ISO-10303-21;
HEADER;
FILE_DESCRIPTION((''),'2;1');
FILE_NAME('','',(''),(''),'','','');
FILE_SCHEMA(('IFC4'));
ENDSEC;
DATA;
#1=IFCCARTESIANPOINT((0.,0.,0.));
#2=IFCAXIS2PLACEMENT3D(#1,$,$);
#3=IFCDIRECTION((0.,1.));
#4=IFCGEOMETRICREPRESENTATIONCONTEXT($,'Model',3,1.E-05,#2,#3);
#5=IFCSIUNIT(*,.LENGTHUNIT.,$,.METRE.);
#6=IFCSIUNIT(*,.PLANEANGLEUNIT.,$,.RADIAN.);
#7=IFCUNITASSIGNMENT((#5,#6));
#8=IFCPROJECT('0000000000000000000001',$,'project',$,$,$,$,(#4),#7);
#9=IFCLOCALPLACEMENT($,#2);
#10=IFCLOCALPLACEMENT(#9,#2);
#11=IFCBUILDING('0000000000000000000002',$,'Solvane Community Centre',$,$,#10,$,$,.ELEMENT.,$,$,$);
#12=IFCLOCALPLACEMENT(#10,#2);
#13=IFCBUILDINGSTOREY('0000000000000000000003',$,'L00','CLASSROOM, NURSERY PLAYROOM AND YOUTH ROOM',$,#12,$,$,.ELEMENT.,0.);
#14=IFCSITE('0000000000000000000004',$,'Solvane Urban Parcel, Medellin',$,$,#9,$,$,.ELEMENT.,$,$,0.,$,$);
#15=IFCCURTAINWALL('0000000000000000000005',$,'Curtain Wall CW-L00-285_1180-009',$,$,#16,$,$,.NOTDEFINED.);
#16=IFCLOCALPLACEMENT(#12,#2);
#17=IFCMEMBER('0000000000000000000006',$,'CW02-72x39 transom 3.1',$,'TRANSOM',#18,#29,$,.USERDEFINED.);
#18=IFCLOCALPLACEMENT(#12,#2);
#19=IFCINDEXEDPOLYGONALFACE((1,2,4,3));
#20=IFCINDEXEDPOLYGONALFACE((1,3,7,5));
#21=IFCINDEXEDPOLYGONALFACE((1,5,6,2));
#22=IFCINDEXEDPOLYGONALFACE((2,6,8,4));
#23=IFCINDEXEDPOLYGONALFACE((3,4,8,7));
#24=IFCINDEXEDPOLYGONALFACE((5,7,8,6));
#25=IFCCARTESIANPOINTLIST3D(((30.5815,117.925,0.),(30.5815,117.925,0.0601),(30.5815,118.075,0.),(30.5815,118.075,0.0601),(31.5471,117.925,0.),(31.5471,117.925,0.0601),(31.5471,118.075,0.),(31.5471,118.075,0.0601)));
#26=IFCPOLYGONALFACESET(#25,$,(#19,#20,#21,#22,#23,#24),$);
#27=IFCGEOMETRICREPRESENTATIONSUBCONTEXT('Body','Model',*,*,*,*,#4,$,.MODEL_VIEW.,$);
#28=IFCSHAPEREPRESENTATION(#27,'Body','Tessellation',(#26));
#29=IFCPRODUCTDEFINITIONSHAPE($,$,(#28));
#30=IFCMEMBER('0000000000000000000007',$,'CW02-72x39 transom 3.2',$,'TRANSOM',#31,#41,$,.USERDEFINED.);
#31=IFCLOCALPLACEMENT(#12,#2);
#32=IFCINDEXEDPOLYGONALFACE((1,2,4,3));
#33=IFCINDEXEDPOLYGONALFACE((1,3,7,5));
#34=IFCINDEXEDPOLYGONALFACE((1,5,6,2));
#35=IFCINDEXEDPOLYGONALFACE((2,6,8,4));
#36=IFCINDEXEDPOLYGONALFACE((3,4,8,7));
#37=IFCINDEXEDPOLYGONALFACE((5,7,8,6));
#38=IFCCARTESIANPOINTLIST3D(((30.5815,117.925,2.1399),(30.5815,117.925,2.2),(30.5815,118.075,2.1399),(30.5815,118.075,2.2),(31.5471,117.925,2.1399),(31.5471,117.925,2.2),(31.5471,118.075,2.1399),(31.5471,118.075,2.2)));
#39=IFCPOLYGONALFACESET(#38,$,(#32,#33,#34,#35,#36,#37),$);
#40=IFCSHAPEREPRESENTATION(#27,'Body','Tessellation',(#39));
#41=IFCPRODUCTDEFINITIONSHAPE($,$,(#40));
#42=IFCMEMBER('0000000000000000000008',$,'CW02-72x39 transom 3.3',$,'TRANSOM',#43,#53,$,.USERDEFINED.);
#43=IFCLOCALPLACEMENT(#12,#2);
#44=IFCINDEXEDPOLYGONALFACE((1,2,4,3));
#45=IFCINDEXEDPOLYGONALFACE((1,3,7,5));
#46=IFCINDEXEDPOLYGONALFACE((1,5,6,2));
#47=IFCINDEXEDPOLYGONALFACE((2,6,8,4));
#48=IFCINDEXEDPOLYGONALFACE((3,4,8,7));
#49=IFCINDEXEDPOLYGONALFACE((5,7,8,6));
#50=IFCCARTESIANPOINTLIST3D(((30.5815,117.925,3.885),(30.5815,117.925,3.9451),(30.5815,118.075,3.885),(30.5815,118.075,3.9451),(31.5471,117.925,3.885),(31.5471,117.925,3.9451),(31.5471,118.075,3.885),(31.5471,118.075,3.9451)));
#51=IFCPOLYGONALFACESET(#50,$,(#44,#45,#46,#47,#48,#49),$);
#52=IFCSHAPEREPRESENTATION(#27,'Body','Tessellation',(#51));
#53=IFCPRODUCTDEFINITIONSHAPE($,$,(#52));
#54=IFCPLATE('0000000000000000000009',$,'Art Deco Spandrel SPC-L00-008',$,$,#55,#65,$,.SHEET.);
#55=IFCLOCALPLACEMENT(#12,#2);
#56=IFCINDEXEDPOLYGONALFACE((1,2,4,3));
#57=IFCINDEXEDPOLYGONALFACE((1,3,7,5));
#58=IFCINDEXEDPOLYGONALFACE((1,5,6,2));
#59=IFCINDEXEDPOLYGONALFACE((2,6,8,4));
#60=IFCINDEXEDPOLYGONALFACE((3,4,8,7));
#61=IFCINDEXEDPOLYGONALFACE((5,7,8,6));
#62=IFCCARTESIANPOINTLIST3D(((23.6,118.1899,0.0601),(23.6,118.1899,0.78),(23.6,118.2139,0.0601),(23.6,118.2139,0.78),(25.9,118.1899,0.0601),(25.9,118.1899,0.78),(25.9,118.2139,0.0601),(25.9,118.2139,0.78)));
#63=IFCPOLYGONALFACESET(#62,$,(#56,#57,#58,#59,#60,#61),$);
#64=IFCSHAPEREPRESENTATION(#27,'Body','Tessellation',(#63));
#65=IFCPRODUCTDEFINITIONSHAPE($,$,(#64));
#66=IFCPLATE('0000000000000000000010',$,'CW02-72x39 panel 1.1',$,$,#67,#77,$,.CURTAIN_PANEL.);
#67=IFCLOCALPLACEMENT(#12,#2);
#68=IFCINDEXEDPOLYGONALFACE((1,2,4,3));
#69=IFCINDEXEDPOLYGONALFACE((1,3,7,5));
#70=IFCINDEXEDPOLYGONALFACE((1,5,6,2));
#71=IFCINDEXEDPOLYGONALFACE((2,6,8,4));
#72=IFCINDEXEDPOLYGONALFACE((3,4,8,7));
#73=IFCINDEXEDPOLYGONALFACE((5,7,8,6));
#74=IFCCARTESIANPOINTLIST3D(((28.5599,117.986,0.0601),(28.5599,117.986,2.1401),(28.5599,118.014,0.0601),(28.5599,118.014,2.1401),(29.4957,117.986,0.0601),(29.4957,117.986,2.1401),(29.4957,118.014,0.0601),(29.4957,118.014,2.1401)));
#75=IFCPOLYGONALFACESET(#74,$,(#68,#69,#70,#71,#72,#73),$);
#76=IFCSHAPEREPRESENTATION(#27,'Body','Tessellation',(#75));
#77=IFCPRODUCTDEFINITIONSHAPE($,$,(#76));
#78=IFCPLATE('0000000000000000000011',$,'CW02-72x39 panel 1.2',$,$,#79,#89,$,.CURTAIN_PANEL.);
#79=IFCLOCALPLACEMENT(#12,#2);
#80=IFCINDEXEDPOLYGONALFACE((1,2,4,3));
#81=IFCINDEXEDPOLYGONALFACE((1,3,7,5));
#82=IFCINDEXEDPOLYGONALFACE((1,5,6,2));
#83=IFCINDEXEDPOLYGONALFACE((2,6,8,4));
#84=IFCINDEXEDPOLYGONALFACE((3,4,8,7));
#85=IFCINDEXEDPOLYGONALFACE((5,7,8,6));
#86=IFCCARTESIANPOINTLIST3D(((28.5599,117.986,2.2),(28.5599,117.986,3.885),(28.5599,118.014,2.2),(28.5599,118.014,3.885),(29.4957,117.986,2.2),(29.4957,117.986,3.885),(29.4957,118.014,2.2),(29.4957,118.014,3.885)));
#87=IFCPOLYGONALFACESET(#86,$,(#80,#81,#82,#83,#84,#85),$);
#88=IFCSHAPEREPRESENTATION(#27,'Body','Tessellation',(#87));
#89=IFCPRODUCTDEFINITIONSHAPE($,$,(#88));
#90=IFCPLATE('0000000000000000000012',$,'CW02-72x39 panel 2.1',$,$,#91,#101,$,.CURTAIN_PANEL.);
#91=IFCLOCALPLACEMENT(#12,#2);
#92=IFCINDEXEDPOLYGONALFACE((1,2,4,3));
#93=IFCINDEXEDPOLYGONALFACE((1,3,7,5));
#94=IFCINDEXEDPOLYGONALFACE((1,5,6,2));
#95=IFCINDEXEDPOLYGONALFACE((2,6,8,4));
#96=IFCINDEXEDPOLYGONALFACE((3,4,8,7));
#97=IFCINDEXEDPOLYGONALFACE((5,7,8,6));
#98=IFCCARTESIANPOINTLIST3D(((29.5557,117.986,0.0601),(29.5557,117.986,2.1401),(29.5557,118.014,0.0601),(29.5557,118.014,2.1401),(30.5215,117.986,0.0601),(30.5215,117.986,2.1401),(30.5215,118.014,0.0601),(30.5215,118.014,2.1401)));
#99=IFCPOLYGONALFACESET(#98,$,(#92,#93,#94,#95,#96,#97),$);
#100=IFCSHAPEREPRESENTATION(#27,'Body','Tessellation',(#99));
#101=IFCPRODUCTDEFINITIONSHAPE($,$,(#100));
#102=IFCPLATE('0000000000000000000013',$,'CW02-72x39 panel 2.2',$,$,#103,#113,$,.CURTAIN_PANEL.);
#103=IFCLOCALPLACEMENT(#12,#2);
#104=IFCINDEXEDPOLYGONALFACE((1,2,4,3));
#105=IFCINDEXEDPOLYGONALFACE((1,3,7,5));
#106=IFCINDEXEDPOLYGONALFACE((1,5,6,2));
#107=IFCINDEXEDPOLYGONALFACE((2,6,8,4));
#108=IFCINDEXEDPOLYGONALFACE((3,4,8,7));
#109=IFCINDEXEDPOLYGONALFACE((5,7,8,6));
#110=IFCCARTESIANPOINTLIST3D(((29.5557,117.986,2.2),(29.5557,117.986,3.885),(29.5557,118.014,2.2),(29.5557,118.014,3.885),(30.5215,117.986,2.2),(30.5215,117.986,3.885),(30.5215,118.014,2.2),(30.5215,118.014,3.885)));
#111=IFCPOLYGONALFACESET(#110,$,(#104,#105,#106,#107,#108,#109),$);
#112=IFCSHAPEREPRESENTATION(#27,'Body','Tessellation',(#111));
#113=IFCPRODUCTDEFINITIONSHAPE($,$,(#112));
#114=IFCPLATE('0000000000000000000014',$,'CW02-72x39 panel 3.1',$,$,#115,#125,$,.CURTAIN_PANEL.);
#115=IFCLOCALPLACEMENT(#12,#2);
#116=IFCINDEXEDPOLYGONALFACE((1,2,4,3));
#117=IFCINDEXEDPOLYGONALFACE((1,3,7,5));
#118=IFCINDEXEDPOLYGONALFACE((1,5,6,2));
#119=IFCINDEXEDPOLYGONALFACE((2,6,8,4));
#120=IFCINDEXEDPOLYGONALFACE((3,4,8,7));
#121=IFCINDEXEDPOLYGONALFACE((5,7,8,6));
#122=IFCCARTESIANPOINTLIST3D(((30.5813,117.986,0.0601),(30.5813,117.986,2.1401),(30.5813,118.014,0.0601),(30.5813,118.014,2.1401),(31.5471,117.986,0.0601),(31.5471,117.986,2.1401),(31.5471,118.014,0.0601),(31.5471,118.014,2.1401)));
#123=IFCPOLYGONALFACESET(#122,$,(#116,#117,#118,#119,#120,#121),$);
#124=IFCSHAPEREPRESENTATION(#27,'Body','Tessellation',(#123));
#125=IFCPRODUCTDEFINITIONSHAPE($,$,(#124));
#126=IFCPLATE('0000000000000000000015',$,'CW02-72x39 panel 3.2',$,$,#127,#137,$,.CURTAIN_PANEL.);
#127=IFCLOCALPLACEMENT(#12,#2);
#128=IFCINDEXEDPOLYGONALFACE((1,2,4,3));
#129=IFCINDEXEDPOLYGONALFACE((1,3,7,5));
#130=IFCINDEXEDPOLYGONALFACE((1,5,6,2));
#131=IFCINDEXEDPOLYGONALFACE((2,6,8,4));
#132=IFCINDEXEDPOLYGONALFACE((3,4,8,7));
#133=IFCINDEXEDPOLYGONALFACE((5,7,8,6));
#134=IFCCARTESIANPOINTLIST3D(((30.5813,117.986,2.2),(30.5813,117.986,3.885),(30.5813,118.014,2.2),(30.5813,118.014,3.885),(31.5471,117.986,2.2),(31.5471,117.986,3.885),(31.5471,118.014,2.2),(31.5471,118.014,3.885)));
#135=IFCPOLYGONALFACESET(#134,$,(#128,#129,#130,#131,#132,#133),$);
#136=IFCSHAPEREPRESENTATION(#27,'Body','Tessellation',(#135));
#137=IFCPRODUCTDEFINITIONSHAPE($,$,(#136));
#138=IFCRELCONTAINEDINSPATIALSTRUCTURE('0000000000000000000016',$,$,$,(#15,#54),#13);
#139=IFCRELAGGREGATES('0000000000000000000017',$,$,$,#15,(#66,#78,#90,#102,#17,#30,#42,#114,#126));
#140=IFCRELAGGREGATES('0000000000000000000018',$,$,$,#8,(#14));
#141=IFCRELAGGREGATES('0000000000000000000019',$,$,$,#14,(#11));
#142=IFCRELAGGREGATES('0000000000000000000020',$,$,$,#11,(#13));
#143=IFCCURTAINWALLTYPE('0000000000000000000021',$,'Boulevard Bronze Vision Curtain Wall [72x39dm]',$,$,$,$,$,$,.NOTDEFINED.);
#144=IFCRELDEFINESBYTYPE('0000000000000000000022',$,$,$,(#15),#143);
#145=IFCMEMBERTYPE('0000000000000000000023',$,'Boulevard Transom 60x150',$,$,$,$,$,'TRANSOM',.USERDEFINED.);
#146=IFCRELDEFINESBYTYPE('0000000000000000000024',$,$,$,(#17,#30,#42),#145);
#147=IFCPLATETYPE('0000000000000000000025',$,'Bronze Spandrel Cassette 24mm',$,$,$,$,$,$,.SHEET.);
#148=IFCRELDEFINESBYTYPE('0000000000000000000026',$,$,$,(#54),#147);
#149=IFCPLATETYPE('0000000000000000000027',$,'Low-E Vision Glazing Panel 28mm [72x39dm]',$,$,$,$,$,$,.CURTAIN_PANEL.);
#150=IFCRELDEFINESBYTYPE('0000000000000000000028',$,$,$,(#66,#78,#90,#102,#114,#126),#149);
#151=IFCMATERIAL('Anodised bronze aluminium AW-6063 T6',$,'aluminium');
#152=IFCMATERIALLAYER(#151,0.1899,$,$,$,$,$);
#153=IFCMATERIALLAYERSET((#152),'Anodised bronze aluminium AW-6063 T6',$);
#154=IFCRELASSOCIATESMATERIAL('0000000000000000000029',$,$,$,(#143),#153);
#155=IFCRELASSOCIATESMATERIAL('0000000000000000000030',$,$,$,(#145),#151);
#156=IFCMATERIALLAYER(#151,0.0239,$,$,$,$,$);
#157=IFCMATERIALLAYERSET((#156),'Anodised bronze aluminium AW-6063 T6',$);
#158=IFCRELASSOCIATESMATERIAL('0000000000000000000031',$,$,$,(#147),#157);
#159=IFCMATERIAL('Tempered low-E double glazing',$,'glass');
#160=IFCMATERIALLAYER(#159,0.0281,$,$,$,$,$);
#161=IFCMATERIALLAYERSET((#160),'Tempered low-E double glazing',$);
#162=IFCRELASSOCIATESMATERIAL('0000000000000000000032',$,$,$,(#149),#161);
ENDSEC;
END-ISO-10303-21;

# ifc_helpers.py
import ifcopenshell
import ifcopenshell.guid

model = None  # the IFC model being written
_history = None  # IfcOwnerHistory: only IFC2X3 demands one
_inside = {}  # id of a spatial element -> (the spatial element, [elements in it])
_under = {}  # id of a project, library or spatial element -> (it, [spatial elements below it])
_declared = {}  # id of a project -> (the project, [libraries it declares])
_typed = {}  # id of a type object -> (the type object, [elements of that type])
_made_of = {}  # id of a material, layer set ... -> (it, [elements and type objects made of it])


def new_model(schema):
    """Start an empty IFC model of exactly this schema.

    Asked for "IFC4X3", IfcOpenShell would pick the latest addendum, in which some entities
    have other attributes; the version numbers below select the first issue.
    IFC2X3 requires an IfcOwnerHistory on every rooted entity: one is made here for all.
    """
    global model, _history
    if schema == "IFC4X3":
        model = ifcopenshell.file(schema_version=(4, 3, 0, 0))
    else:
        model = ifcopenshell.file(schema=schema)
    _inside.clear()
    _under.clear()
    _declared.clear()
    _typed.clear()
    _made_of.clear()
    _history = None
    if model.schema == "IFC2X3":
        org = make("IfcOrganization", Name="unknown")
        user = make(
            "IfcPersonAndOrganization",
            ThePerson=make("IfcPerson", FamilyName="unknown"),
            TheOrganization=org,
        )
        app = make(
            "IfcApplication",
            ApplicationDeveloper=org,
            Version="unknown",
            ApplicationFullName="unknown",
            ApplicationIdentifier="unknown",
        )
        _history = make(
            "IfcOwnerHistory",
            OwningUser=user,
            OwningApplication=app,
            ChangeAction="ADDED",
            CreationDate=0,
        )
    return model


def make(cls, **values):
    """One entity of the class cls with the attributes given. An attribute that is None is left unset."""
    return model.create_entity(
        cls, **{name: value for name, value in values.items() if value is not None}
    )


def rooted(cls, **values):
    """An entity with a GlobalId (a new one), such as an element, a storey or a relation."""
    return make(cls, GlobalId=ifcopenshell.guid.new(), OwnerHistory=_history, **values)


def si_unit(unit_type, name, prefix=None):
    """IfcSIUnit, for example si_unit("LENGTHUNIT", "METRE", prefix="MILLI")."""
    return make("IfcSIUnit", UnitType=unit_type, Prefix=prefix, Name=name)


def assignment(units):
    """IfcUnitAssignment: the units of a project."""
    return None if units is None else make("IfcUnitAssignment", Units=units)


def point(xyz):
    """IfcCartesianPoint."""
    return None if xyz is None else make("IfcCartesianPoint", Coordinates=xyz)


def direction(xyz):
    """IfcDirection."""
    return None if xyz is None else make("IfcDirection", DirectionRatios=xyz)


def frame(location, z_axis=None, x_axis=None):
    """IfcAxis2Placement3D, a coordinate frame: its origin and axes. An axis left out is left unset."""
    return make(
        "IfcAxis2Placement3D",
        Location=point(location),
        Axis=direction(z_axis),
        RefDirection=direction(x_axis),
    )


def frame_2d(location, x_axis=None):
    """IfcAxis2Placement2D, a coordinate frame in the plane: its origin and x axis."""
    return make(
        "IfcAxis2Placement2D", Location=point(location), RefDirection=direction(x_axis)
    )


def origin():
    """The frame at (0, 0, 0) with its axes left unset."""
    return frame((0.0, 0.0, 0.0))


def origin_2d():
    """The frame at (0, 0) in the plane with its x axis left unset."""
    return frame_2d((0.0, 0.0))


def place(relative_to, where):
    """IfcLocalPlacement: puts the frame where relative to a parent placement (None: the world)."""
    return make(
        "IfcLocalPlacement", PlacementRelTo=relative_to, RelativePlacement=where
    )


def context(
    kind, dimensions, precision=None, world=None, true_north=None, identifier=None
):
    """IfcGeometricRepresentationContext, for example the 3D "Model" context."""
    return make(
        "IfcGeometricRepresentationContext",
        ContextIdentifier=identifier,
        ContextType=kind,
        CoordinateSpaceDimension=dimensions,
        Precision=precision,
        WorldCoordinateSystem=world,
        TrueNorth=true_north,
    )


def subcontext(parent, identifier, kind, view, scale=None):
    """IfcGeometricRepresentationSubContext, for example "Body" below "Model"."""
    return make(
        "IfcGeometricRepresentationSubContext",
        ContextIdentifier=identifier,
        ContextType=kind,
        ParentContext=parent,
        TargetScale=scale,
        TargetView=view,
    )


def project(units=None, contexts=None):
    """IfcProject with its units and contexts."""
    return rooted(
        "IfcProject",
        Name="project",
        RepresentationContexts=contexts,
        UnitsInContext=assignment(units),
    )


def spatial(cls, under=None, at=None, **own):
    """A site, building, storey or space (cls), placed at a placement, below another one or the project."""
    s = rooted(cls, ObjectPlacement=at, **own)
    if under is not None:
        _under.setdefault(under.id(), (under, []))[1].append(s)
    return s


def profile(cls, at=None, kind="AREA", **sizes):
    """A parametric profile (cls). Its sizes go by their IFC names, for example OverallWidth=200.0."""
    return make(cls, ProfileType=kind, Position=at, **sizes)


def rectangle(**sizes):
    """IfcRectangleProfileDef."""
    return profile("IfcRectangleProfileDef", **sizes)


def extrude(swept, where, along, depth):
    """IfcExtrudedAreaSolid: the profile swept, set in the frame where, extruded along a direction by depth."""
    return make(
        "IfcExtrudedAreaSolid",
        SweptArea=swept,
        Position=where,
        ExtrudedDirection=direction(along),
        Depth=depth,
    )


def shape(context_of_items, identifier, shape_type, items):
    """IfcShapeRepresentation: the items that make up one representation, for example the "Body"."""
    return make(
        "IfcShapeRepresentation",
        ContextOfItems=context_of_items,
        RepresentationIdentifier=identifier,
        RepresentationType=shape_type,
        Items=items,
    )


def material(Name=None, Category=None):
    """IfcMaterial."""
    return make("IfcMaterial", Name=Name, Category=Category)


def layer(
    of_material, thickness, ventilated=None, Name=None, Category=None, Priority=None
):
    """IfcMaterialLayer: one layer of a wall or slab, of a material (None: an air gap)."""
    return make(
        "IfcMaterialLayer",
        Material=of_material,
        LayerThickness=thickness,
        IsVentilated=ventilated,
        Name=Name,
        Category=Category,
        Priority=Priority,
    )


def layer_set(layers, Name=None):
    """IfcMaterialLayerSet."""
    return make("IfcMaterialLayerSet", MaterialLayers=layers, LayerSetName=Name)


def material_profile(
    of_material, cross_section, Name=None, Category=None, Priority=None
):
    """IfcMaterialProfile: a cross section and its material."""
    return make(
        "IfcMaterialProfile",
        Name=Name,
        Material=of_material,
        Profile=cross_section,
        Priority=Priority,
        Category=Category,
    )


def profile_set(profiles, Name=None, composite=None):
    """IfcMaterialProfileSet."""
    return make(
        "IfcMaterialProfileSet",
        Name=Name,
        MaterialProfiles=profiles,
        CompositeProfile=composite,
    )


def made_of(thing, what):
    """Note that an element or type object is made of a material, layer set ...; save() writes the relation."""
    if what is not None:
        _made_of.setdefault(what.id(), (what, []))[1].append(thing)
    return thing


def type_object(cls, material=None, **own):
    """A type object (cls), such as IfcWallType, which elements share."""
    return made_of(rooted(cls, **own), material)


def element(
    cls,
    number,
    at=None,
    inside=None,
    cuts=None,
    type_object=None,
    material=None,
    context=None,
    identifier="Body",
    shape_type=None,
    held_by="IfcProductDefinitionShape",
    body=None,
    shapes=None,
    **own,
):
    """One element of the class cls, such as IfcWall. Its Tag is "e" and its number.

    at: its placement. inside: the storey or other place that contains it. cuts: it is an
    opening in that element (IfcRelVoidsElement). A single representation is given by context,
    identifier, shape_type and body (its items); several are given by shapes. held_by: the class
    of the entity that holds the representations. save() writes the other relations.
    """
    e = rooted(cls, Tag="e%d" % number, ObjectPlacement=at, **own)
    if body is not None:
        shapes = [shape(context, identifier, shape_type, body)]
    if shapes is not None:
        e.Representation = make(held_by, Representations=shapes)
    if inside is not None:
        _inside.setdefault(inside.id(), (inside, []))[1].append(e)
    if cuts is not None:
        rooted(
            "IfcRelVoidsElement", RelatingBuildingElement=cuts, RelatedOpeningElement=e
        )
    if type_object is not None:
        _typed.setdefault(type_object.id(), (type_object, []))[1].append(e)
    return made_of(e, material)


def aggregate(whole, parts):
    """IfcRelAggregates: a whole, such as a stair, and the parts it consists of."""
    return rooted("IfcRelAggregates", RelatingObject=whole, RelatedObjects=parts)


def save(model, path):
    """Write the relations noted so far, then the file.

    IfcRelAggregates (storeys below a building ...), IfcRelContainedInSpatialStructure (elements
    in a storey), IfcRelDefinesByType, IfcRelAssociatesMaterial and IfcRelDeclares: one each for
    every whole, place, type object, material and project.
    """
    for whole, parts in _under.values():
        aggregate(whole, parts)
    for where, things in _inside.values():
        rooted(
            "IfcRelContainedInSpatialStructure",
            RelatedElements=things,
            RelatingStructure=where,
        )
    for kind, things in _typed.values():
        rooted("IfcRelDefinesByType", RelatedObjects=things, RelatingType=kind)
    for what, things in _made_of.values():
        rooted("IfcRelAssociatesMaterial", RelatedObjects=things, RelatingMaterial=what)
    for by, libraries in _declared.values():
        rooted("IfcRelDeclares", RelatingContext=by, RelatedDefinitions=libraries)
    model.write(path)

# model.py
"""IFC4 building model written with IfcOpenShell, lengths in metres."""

from ifc_helpers import new_model, si_unit, direction, frame, origin, origin_2d, place, context, subcontext, project, spatial, rectangle, extrude, material, layer, layer_set, material_profile, profile_set, type_object, element, aggregate, save


model = new_model("IFC4")

# Units and contexts
model_context = context("Model", 3, precision=1e-05, world=origin(), true_north=direction((0.0, 1.0)))
body_context = subcontext(model_context, "Body", "Model", "MODEL_VIEW")
ifc_project = project(units=[si_unit("LENGTHUNIT", "METRE"), si_unit("PLANEANGLEUNIT", "RADIAN")], contexts=[model_context])

# Site, building, storey
site_placement = place(None, origin())
site = spatial("IfcSite", under=ifc_project, at=site_placement, Name="Solvane Urban Parcel, Medellin", CompositionType="ELEMENT", RefElevation=0.0)
building_placement = place(site_placement, origin())
building = spatial("IfcBuilding", under=site, at=building_placement, Name="Solvane Community Centre", CompositionType="ELEMENT")
storey_placement = place(building_placement, origin())
storey = spatial("IfcBuildingStorey", under=building, at=storey_placement, Name="L00", Description="CLASSROOM, NURSERY PLAYROOM AND YOUTH ROOM", CompositionType="ELEMENT", Elevation=0.0)

# Curtain wall, members
ifc_material_1 = material(Name="Anodised bronze aluminium AW-6063 T6", Category="aluminium")
ifc_layer_1 = layer(ifc_material_1, 0.1899)
ifc_layer_set_1 = layer_set([ifc_layer_1], Name="Anodised bronze aluminium AW-6063 T6")
curtain_wall_type = type_object("IfcCurtainWallType", Name="Boulevard Bronze Vision Curtain Wall [72x39dm]", PredefinedType="NOTDEFINED", material=ifc_layer_set_1)
curtain_wall_placement = place(storey_placement, origin())
curtain_wall = element("IfcCurtainWall", 1, at=curtain_wall_placement, inside=storey, type_object=curtain_wall_type, Name="Curtain Wall CW-L00-285_1180-009", PredefinedType="NOTDEFINED")
ifc_material_profile_1 = material_profile(ifc_material_1, rectangle(XDim=0.1499, YDim=0.0601, at=origin_2d()), Name="CW-T 60x150")
ifc_profile_set_1 = profile_set([ifc_material_profile_1], Name="Anodised bronze aluminium AW-6063 T6")
member_type_1 = type_object("IfcMemberType", Name="Boulevard Transom 60x150", ElementType="TRANSOM", PredefinedType="USERDEFINED", material=ifc_profile_set_1)
member_1_placement = place(storey_placement, frame((30.5815, 118.0, 0.03), z_axis=(1.0, 0.0, 0.0), x_axis=(0.0, 1.0, 0.0)))
member_1 = element("IfcMember", 2, at=member_1_placement, type_object=member_type_1, Name="CW02-72x39 transom 3.1", ObjectType="TRANSOM", PredefinedType="USERDEFINED", context=body_context, shape_type="SweptSolid", body=[
    extrude(rectangle(XDim=0.1499, YDim=0.0601, at=origin_2d()), origin(), (0.0, 0.0, 1.0), 0.9656),
])
member_2_placement = place(storey_placement, frame((30.5815, 118.0, 2.1699), z_axis=(1.0, 0.0, 0.0), x_axis=(0.0, 1.0, 0.0)))
member_2 = element("IfcMember", 3, at=member_2_placement, type_object=member_type_1, Name="CW02-72x39 transom 3.2", ObjectType="TRANSOM", PredefinedType="USERDEFINED", context=body_context, shape_type="SweptSolid", body=[
    extrude(rectangle(XDim=0.1499, YDim=0.0601, at=origin_2d()), origin(), (0.0, 0.0, 1.0), 0.9656),
])
member_3_placement = place(storey_placement, frame((30.5815, 118.0, 3.915), z_axis=(1.0, 0.0, 0.0), x_axis=(0.0, 1.0, 0.0)))
member_3 = element("IfcMember", 4, at=member_3_placement, type_object=member_type_1, Name="CW02-72x39 transom 3.3", ObjectType="TRANSOM", PredefinedType="USERDEFINED", context=body_context, shape_type="SweptSolid", body=[
    extrude(rectangle(XDim=0.1499, YDim=0.0601, at=origin_2d()), origin(), (0.0, 0.0, 1.0), 0.9656),
])

# Plates
ifc_layer_2 = layer(ifc_material_1, 0.0239)
ifc_layer_set_2 = layer_set([ifc_layer_2], Name="Anodised bronze aluminium AW-6063 T6")
plate_type_1 = type_object("IfcPlateType", Name="Bronze Spandrel Cassette 24mm", PredefinedType="SHEET", material=ifc_layer_set_2)
plate_1_placement = place(storey_placement, frame((24.75, 118.2019, 0.0601), z_axis=(0.0, 0.0, 1.0), x_axis=(1.0, 0.0, 0.0)))
element("IfcPlate", 5, at=plate_1_placement, inside=storey, type_object=plate_type_1, Name="Art Deco Spandrel SPC-L00-008", PredefinedType="SHEET", context=body_context, shape_type="SweptSolid", body=[
    extrude(rectangle(XDim=2.3, YDim=0.0239, at=origin_2d()), origin(), (0.0, 0.0, 1.0), 0.72),
])
ifc_material_2 = material(Name="Tempered low-E double glazing", Category="glass")
ifc_layer_3 = layer(ifc_material_2, 0.0281)
ifc_layer_set_3 = layer_set([ifc_layer_3], Name="Tempered low-E double glazing")
plate_type_2 = type_object("IfcPlateType", Name="Low-E Vision Glazing Panel 28mm [72x39dm]", PredefinedType="CURTAIN_PANEL", material=ifc_layer_set_3)
plate_2_placement = place(storey_placement, frame((29.0278, 118.0, 0.0601), z_axis=(0.0, 0.0, 1.0), x_axis=(1.0, 0.0, 0.0)))
plate_2 = element("IfcPlate", 6, at=plate_2_placement, type_object=plate_type_2, Name="CW02-72x39 panel 1.1", PredefinedType="CURTAIN_PANEL", context=body_context, shape_type="SweptSolid", body=[
    extrude(rectangle(XDim=0.9358, YDim=0.0281, at=origin_2d()), origin(), (0.0, 0.0, 1.0), 2.0801),
])
plate_3_placement = place(storey_placement, frame((29.0278, 118.0, 2.2), z_axis=(0.0, 0.0, 1.0), x_axis=(1.0, 0.0, 0.0)))
plate_3 = element("IfcPlate", 7, at=plate_3_placement, type_object=plate_type_2, Name="CW02-72x39 panel 1.2", PredefinedType="CURTAIN_PANEL", context=body_context, shape_type="SweptSolid", body=[
    extrude(rectangle(XDim=0.9358, YDim=0.0281, at=origin_2d()), origin(), (0.0, 0.0, 1.0), 1.6851),
])
plate_4_placement = place(storey_placement, frame((30.0386, 118.0, 0.0601), z_axis=(0.0, 0.0, 1.0), x_axis=(1.0, 0.0, 0.0)))
plate_4 = element("IfcPlate", 8, at=plate_4_placement, type_object=plate_type_2, Name="CW02-72x39 panel 2.1", PredefinedType="CURTAIN_PANEL", context=body_context, shape_type="SweptSolid", body=[
    extrude(rectangle(XDim=0.9658, YDim=0.0281, at=origin_2d()), origin(), (0.0, 0.0, 1.0), 2.0801),
])
plate_5_placement = place(storey_placement, frame((30.0386, 118.0, 2.2), z_axis=(0.0, 0.0, 1.0), x_axis=(1.0, 0.0, 0.0)))
plate_5 = element("IfcPlate", 9, at=plate_5_placement, type_object=plate_type_2, Name="CW02-72x39 panel 2.2", PredefinedType="CURTAIN_PANEL", context=body_context, shape_type="SweptSolid", body=[
    extrude(rectangle(XDim=0.9658, YDim=0.0281, at=origin_2d()), origin(), (0.0, 0.0, 1.0), 1.6851),
])
plate_6_placement = place(storey_placement, frame((31.0642, 118.0, 0.0601), z_axis=(0.0, 0.0, 1.0), x_axis=(1.0, 0.0, 0.0)))
plate_6 = element("IfcPlate", 10, at=plate_6_placement, type_object=plate_type_2, Name="CW02-72x39 panel 3.1", PredefinedType="CURTAIN_PANEL", context=body_context, shape_type="SweptSolid", body=[
    extrude(rectangle(XDim=0.9658, YDim=0.0281, at=origin_2d()), origin(), (0.0, 0.0, 1.0), 2.0801),
])
plate_7_placement = place(storey_placement, frame((31.0642, 118.0, 2.2), z_axis=(0.0, 0.0, 1.0), x_axis=(1.0, 0.0, 0.0)))
plate_7 = element("IfcPlate", 11, at=plate_7_placement, type_object=plate_type_2, Name="CW02-72x39 panel 3.2", PredefinedType="CURTAIN_PANEL", context=body_context, shape_type="SweptSolid", body=[
    extrude(rectangle(XDim=0.9658, YDim=0.0281, at=origin_2d()), origin(), (0.0, 0.0, 1.0), 1.6851),
])
aggregate(curtain_wall, [plate_2, plate_3, plate_4, plate_5, member_1, member_2, member_3, plate_6, plate_7])

save(model, "model.ifc")
